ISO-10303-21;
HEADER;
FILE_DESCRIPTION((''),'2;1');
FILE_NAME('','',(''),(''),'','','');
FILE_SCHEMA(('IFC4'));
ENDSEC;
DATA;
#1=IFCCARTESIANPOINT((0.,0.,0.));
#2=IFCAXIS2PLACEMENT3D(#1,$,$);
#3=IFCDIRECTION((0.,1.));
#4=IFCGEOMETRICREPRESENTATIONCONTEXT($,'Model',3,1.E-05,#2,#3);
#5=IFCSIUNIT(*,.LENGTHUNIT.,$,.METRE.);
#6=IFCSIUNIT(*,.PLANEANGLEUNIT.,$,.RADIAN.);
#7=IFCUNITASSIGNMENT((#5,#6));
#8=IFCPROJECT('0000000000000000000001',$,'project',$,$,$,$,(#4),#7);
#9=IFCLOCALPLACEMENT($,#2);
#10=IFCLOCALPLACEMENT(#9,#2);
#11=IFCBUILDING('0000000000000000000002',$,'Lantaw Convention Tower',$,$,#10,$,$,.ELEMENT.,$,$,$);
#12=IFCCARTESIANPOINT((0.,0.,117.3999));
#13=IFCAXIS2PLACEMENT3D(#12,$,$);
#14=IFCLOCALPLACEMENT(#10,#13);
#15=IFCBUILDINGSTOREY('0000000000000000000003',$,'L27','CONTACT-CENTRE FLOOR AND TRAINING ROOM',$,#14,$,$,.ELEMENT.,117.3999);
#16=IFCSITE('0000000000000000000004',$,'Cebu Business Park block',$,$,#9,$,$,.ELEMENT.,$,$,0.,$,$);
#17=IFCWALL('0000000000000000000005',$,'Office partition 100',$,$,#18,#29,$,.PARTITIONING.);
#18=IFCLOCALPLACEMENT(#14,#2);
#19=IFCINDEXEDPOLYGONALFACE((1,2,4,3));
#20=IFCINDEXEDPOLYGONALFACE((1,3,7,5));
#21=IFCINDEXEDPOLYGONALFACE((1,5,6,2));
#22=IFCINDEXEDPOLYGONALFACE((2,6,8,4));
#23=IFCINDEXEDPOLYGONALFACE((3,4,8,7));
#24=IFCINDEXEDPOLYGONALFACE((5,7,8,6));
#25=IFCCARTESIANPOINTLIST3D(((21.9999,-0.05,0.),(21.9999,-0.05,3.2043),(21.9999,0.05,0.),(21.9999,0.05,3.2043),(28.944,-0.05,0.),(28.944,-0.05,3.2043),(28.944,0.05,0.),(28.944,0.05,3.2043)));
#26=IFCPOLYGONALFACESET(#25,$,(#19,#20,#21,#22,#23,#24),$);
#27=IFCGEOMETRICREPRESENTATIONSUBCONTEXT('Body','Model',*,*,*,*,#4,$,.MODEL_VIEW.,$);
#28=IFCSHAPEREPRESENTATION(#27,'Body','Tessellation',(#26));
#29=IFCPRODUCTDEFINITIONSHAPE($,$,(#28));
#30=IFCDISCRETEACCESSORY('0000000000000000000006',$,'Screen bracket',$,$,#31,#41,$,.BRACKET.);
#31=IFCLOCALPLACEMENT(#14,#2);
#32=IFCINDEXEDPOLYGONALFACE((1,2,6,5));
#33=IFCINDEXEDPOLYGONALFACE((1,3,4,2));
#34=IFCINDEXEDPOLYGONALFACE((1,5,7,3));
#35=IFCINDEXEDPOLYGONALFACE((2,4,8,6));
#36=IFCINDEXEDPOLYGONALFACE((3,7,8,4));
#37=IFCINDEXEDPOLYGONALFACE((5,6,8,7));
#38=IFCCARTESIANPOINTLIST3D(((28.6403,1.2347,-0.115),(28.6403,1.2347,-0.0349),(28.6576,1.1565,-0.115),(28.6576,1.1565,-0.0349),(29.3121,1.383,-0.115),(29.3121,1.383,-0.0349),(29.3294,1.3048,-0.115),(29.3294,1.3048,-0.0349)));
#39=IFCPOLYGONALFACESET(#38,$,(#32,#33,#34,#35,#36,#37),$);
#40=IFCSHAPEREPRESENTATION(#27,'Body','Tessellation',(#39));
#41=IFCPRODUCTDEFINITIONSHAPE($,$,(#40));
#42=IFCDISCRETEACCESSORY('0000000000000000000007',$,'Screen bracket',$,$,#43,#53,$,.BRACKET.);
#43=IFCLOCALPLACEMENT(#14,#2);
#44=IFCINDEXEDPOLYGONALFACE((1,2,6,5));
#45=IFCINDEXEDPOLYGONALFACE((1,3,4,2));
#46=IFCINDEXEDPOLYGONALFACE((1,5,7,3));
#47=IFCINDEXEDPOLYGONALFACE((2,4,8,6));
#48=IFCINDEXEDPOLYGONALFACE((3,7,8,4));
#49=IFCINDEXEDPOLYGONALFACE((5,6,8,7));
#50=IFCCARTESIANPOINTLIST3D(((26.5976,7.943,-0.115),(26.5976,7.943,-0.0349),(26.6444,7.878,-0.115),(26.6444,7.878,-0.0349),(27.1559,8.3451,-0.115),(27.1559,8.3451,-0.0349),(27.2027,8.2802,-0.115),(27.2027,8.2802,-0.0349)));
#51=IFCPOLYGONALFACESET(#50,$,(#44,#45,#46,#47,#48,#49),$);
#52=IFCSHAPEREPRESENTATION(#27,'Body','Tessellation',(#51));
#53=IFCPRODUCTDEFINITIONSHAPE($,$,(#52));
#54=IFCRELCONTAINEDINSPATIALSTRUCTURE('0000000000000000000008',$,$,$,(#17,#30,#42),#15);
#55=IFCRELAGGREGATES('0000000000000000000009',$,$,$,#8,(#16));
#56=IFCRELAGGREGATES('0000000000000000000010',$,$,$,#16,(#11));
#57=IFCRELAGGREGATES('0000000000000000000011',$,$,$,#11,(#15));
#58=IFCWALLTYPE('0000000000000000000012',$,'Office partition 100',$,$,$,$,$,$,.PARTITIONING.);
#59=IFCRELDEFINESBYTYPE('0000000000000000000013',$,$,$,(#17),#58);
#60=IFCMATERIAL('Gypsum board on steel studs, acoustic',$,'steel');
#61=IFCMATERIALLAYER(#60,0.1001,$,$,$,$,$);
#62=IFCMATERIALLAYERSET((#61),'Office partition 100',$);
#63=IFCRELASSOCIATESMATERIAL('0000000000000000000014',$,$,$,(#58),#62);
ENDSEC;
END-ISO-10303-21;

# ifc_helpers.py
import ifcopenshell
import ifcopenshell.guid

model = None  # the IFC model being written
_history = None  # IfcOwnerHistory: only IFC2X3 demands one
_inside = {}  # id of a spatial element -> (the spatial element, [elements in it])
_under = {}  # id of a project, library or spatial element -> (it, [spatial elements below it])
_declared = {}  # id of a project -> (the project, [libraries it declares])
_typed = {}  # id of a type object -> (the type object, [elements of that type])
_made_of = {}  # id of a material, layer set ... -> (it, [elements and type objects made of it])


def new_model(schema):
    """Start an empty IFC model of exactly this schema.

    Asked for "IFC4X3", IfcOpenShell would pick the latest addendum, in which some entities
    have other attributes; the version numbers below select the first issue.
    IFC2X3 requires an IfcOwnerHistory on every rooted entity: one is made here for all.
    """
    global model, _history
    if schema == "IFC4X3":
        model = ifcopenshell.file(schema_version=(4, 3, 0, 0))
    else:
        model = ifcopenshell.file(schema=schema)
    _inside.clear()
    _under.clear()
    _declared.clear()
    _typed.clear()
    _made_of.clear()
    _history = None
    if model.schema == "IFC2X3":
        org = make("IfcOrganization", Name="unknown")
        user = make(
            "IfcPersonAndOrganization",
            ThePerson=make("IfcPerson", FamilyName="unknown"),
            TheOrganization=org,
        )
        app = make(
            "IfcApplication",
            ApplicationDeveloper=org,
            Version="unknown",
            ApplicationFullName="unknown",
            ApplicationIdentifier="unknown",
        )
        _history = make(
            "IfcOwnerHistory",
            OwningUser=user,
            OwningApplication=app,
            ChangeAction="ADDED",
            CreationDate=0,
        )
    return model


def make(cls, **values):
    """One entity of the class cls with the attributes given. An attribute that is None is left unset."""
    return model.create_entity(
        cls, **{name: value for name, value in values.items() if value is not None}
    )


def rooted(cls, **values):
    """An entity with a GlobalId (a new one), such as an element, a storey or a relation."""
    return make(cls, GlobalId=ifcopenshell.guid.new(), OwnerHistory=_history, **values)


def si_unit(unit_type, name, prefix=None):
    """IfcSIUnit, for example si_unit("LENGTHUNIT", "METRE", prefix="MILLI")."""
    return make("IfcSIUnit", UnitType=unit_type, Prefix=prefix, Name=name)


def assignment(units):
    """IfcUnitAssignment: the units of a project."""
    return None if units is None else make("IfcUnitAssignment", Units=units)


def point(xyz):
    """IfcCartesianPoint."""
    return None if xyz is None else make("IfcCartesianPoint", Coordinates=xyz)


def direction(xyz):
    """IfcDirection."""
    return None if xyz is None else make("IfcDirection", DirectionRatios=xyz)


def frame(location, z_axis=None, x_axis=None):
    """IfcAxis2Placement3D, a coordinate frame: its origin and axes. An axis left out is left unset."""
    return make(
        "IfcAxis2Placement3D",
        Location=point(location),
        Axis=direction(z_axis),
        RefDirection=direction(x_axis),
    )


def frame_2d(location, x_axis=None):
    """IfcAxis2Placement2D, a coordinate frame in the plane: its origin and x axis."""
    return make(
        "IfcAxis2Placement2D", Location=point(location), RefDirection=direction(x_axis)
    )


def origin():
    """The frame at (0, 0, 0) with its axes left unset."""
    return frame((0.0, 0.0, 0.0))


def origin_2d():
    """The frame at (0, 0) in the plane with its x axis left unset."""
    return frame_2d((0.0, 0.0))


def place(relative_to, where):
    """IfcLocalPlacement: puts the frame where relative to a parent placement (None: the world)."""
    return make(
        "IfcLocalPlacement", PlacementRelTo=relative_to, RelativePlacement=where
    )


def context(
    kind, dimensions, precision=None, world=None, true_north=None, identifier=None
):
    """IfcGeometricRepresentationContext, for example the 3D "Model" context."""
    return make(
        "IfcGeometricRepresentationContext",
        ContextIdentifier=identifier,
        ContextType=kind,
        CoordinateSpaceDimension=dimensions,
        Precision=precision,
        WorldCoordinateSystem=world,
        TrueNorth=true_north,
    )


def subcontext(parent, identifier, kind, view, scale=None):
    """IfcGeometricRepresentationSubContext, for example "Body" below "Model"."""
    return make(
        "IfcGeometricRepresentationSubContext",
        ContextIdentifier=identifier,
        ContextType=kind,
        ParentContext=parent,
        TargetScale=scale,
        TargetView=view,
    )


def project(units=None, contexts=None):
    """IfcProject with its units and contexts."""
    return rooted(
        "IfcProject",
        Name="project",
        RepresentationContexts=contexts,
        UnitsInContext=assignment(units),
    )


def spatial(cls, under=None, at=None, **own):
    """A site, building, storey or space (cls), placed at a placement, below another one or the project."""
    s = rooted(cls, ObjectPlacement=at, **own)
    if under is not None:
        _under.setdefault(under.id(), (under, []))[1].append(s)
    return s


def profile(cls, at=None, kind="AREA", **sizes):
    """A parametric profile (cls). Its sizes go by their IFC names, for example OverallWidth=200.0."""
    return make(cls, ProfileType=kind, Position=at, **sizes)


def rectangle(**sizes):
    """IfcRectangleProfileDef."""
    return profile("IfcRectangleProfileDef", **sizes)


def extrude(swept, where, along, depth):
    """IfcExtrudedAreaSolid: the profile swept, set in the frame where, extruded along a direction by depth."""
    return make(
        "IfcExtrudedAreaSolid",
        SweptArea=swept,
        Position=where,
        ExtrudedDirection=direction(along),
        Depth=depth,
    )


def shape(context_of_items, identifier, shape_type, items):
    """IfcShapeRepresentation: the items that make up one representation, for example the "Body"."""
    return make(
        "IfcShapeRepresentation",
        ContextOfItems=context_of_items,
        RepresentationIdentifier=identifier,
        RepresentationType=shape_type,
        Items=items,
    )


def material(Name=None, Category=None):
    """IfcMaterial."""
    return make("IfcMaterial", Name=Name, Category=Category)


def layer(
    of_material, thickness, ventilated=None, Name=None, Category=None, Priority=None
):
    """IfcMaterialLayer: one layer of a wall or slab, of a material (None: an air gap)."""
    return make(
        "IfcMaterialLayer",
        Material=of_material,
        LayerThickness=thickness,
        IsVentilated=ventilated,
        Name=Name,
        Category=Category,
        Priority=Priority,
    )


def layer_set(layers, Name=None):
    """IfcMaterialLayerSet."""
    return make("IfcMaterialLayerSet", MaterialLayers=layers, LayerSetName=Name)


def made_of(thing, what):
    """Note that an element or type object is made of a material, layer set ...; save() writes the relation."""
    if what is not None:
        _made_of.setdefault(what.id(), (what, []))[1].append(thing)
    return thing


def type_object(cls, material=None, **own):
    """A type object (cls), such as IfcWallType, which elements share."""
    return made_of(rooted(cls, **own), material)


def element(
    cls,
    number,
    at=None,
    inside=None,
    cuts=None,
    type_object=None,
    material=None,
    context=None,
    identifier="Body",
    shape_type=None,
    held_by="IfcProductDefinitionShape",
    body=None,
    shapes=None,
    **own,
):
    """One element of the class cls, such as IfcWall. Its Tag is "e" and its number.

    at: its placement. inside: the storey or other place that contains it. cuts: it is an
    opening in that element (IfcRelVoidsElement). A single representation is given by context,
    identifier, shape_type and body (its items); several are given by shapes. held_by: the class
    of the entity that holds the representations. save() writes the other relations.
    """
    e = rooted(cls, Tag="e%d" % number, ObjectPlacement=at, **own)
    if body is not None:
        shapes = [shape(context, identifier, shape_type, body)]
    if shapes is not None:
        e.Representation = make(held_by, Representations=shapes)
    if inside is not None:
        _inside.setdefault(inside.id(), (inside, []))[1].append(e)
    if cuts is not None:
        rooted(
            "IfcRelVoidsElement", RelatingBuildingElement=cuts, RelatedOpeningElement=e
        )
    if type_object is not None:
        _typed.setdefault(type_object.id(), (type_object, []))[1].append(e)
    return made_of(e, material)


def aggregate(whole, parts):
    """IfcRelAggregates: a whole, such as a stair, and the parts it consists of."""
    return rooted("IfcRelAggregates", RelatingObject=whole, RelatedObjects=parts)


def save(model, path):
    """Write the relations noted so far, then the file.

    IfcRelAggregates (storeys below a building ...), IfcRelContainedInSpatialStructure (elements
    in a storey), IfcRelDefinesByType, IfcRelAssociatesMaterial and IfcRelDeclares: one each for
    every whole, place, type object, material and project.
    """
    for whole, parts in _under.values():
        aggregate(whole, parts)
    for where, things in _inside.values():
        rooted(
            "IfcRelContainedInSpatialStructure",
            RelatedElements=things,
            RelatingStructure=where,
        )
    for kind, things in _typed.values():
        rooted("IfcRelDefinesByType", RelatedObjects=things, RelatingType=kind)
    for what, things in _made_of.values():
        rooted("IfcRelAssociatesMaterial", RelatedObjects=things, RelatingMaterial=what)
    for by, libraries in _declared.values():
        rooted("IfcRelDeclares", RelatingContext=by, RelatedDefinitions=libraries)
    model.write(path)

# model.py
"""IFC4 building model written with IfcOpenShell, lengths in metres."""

from ifc_helpers import new_model, si_unit, direction, frame, frame_2d, origin, origin_2d, place, context, subcontext, project, spatial, rectangle, extrude, material, layer, layer_set, type_object, element, save


model = new_model("IFC4")

# Units and contexts
model_context = context("Model", 3, precision=1e-05, world=origin(), true_north=direction((0.0, 1.0)))
body_context = subcontext(model_context, "Body", "Model", "MODEL_VIEW")
ifc_project = project(units=[si_unit("LENGTHUNIT", "METRE"), si_unit("PLANEANGLEUNIT", "RADIAN")], contexts=[model_context])

# Site, building, storey
site_placement = place(None, origin())
site = spatial("IfcSite", under=ifc_project, at=site_placement, Name="Cebu Business Park block", CompositionType="ELEMENT", RefElevation=0.0)
building_placement = place(site_placement, origin())
building = spatial("IfcBuilding", under=site, at=building_placement, Name="Lantaw Convention Tower", CompositionType="ELEMENT")
storey_placement = place(building_placement, frame((0.0, 0.0, 117.3999)))
storey = spatial("IfcBuildingStorey", under=building, at=storey_placement, Name="L27", Description="CONTACT-CENTRE FLOOR AND TRAINING ROOM", CompositionType="ELEMENT", Elevation=117.3999)

# Wall
ifc_material_1 = material(Name="Gypsum board on steel studs, acoustic", Category="steel")
ifc_layer_1 = layer(ifc_material_1, 0.1001)
ifc_layer_set_1 = layer_set([ifc_layer_1], Name="Office partition 100")
wall_type_1 = type_object("IfcWallType", Name="Office partition 100", PredefinedType="PARTITIONING", material=ifc_layer_set_1)
wall_1_placement = place(storey_placement, frame((28.9441, 0.0, 0.0), z_axis=(0.0, 0.0, 1.0), x_axis=(-1.0, 0.0, 0.0)))
element("IfcWall", 1, at=wall_1_placement, inside=storey, type_object=wall_type_1, Name="Office partition 100", PredefinedType="PARTITIONING", context=body_context, shape_type="SweptSolid", body=[
    extrude(rectangle(XDim=6.9441, YDim=0.1001, at=frame_2d((3.4722, 0.0))), origin(), (0.0, 0.0, 1.0), 3.2043),
])

# Discrete accessories
for number, where, z_axis, x_axis, name in (
    (2, (28.9849, 1.2698, -0.115), (0.0, 0.0, 1.0), (-0.215546, 0.976494, 0.0), "Screen bracket"),
    (3, (26.9001, 8.1116, -0.115), (0.0, 0.0, 1.0), (-0.584513, 0.811385, 0.0), "Screen bracket"),
):
    element("IfcDiscreteAccessory", number, at=place(storey_placement, frame(where, z_axis=z_axis, x_axis=x_axis)), inside=storey, Name=name, PredefinedType="BRACKET", context=body_context, shape_type="SweptSolid", body=[
        extrude(rectangle(XDim=0.0801, YDim=0.688, at=origin_2d()), origin(), (0.0, 0.0, 1.0), 0.0801),
    ])

save(model, "model.ifc")
